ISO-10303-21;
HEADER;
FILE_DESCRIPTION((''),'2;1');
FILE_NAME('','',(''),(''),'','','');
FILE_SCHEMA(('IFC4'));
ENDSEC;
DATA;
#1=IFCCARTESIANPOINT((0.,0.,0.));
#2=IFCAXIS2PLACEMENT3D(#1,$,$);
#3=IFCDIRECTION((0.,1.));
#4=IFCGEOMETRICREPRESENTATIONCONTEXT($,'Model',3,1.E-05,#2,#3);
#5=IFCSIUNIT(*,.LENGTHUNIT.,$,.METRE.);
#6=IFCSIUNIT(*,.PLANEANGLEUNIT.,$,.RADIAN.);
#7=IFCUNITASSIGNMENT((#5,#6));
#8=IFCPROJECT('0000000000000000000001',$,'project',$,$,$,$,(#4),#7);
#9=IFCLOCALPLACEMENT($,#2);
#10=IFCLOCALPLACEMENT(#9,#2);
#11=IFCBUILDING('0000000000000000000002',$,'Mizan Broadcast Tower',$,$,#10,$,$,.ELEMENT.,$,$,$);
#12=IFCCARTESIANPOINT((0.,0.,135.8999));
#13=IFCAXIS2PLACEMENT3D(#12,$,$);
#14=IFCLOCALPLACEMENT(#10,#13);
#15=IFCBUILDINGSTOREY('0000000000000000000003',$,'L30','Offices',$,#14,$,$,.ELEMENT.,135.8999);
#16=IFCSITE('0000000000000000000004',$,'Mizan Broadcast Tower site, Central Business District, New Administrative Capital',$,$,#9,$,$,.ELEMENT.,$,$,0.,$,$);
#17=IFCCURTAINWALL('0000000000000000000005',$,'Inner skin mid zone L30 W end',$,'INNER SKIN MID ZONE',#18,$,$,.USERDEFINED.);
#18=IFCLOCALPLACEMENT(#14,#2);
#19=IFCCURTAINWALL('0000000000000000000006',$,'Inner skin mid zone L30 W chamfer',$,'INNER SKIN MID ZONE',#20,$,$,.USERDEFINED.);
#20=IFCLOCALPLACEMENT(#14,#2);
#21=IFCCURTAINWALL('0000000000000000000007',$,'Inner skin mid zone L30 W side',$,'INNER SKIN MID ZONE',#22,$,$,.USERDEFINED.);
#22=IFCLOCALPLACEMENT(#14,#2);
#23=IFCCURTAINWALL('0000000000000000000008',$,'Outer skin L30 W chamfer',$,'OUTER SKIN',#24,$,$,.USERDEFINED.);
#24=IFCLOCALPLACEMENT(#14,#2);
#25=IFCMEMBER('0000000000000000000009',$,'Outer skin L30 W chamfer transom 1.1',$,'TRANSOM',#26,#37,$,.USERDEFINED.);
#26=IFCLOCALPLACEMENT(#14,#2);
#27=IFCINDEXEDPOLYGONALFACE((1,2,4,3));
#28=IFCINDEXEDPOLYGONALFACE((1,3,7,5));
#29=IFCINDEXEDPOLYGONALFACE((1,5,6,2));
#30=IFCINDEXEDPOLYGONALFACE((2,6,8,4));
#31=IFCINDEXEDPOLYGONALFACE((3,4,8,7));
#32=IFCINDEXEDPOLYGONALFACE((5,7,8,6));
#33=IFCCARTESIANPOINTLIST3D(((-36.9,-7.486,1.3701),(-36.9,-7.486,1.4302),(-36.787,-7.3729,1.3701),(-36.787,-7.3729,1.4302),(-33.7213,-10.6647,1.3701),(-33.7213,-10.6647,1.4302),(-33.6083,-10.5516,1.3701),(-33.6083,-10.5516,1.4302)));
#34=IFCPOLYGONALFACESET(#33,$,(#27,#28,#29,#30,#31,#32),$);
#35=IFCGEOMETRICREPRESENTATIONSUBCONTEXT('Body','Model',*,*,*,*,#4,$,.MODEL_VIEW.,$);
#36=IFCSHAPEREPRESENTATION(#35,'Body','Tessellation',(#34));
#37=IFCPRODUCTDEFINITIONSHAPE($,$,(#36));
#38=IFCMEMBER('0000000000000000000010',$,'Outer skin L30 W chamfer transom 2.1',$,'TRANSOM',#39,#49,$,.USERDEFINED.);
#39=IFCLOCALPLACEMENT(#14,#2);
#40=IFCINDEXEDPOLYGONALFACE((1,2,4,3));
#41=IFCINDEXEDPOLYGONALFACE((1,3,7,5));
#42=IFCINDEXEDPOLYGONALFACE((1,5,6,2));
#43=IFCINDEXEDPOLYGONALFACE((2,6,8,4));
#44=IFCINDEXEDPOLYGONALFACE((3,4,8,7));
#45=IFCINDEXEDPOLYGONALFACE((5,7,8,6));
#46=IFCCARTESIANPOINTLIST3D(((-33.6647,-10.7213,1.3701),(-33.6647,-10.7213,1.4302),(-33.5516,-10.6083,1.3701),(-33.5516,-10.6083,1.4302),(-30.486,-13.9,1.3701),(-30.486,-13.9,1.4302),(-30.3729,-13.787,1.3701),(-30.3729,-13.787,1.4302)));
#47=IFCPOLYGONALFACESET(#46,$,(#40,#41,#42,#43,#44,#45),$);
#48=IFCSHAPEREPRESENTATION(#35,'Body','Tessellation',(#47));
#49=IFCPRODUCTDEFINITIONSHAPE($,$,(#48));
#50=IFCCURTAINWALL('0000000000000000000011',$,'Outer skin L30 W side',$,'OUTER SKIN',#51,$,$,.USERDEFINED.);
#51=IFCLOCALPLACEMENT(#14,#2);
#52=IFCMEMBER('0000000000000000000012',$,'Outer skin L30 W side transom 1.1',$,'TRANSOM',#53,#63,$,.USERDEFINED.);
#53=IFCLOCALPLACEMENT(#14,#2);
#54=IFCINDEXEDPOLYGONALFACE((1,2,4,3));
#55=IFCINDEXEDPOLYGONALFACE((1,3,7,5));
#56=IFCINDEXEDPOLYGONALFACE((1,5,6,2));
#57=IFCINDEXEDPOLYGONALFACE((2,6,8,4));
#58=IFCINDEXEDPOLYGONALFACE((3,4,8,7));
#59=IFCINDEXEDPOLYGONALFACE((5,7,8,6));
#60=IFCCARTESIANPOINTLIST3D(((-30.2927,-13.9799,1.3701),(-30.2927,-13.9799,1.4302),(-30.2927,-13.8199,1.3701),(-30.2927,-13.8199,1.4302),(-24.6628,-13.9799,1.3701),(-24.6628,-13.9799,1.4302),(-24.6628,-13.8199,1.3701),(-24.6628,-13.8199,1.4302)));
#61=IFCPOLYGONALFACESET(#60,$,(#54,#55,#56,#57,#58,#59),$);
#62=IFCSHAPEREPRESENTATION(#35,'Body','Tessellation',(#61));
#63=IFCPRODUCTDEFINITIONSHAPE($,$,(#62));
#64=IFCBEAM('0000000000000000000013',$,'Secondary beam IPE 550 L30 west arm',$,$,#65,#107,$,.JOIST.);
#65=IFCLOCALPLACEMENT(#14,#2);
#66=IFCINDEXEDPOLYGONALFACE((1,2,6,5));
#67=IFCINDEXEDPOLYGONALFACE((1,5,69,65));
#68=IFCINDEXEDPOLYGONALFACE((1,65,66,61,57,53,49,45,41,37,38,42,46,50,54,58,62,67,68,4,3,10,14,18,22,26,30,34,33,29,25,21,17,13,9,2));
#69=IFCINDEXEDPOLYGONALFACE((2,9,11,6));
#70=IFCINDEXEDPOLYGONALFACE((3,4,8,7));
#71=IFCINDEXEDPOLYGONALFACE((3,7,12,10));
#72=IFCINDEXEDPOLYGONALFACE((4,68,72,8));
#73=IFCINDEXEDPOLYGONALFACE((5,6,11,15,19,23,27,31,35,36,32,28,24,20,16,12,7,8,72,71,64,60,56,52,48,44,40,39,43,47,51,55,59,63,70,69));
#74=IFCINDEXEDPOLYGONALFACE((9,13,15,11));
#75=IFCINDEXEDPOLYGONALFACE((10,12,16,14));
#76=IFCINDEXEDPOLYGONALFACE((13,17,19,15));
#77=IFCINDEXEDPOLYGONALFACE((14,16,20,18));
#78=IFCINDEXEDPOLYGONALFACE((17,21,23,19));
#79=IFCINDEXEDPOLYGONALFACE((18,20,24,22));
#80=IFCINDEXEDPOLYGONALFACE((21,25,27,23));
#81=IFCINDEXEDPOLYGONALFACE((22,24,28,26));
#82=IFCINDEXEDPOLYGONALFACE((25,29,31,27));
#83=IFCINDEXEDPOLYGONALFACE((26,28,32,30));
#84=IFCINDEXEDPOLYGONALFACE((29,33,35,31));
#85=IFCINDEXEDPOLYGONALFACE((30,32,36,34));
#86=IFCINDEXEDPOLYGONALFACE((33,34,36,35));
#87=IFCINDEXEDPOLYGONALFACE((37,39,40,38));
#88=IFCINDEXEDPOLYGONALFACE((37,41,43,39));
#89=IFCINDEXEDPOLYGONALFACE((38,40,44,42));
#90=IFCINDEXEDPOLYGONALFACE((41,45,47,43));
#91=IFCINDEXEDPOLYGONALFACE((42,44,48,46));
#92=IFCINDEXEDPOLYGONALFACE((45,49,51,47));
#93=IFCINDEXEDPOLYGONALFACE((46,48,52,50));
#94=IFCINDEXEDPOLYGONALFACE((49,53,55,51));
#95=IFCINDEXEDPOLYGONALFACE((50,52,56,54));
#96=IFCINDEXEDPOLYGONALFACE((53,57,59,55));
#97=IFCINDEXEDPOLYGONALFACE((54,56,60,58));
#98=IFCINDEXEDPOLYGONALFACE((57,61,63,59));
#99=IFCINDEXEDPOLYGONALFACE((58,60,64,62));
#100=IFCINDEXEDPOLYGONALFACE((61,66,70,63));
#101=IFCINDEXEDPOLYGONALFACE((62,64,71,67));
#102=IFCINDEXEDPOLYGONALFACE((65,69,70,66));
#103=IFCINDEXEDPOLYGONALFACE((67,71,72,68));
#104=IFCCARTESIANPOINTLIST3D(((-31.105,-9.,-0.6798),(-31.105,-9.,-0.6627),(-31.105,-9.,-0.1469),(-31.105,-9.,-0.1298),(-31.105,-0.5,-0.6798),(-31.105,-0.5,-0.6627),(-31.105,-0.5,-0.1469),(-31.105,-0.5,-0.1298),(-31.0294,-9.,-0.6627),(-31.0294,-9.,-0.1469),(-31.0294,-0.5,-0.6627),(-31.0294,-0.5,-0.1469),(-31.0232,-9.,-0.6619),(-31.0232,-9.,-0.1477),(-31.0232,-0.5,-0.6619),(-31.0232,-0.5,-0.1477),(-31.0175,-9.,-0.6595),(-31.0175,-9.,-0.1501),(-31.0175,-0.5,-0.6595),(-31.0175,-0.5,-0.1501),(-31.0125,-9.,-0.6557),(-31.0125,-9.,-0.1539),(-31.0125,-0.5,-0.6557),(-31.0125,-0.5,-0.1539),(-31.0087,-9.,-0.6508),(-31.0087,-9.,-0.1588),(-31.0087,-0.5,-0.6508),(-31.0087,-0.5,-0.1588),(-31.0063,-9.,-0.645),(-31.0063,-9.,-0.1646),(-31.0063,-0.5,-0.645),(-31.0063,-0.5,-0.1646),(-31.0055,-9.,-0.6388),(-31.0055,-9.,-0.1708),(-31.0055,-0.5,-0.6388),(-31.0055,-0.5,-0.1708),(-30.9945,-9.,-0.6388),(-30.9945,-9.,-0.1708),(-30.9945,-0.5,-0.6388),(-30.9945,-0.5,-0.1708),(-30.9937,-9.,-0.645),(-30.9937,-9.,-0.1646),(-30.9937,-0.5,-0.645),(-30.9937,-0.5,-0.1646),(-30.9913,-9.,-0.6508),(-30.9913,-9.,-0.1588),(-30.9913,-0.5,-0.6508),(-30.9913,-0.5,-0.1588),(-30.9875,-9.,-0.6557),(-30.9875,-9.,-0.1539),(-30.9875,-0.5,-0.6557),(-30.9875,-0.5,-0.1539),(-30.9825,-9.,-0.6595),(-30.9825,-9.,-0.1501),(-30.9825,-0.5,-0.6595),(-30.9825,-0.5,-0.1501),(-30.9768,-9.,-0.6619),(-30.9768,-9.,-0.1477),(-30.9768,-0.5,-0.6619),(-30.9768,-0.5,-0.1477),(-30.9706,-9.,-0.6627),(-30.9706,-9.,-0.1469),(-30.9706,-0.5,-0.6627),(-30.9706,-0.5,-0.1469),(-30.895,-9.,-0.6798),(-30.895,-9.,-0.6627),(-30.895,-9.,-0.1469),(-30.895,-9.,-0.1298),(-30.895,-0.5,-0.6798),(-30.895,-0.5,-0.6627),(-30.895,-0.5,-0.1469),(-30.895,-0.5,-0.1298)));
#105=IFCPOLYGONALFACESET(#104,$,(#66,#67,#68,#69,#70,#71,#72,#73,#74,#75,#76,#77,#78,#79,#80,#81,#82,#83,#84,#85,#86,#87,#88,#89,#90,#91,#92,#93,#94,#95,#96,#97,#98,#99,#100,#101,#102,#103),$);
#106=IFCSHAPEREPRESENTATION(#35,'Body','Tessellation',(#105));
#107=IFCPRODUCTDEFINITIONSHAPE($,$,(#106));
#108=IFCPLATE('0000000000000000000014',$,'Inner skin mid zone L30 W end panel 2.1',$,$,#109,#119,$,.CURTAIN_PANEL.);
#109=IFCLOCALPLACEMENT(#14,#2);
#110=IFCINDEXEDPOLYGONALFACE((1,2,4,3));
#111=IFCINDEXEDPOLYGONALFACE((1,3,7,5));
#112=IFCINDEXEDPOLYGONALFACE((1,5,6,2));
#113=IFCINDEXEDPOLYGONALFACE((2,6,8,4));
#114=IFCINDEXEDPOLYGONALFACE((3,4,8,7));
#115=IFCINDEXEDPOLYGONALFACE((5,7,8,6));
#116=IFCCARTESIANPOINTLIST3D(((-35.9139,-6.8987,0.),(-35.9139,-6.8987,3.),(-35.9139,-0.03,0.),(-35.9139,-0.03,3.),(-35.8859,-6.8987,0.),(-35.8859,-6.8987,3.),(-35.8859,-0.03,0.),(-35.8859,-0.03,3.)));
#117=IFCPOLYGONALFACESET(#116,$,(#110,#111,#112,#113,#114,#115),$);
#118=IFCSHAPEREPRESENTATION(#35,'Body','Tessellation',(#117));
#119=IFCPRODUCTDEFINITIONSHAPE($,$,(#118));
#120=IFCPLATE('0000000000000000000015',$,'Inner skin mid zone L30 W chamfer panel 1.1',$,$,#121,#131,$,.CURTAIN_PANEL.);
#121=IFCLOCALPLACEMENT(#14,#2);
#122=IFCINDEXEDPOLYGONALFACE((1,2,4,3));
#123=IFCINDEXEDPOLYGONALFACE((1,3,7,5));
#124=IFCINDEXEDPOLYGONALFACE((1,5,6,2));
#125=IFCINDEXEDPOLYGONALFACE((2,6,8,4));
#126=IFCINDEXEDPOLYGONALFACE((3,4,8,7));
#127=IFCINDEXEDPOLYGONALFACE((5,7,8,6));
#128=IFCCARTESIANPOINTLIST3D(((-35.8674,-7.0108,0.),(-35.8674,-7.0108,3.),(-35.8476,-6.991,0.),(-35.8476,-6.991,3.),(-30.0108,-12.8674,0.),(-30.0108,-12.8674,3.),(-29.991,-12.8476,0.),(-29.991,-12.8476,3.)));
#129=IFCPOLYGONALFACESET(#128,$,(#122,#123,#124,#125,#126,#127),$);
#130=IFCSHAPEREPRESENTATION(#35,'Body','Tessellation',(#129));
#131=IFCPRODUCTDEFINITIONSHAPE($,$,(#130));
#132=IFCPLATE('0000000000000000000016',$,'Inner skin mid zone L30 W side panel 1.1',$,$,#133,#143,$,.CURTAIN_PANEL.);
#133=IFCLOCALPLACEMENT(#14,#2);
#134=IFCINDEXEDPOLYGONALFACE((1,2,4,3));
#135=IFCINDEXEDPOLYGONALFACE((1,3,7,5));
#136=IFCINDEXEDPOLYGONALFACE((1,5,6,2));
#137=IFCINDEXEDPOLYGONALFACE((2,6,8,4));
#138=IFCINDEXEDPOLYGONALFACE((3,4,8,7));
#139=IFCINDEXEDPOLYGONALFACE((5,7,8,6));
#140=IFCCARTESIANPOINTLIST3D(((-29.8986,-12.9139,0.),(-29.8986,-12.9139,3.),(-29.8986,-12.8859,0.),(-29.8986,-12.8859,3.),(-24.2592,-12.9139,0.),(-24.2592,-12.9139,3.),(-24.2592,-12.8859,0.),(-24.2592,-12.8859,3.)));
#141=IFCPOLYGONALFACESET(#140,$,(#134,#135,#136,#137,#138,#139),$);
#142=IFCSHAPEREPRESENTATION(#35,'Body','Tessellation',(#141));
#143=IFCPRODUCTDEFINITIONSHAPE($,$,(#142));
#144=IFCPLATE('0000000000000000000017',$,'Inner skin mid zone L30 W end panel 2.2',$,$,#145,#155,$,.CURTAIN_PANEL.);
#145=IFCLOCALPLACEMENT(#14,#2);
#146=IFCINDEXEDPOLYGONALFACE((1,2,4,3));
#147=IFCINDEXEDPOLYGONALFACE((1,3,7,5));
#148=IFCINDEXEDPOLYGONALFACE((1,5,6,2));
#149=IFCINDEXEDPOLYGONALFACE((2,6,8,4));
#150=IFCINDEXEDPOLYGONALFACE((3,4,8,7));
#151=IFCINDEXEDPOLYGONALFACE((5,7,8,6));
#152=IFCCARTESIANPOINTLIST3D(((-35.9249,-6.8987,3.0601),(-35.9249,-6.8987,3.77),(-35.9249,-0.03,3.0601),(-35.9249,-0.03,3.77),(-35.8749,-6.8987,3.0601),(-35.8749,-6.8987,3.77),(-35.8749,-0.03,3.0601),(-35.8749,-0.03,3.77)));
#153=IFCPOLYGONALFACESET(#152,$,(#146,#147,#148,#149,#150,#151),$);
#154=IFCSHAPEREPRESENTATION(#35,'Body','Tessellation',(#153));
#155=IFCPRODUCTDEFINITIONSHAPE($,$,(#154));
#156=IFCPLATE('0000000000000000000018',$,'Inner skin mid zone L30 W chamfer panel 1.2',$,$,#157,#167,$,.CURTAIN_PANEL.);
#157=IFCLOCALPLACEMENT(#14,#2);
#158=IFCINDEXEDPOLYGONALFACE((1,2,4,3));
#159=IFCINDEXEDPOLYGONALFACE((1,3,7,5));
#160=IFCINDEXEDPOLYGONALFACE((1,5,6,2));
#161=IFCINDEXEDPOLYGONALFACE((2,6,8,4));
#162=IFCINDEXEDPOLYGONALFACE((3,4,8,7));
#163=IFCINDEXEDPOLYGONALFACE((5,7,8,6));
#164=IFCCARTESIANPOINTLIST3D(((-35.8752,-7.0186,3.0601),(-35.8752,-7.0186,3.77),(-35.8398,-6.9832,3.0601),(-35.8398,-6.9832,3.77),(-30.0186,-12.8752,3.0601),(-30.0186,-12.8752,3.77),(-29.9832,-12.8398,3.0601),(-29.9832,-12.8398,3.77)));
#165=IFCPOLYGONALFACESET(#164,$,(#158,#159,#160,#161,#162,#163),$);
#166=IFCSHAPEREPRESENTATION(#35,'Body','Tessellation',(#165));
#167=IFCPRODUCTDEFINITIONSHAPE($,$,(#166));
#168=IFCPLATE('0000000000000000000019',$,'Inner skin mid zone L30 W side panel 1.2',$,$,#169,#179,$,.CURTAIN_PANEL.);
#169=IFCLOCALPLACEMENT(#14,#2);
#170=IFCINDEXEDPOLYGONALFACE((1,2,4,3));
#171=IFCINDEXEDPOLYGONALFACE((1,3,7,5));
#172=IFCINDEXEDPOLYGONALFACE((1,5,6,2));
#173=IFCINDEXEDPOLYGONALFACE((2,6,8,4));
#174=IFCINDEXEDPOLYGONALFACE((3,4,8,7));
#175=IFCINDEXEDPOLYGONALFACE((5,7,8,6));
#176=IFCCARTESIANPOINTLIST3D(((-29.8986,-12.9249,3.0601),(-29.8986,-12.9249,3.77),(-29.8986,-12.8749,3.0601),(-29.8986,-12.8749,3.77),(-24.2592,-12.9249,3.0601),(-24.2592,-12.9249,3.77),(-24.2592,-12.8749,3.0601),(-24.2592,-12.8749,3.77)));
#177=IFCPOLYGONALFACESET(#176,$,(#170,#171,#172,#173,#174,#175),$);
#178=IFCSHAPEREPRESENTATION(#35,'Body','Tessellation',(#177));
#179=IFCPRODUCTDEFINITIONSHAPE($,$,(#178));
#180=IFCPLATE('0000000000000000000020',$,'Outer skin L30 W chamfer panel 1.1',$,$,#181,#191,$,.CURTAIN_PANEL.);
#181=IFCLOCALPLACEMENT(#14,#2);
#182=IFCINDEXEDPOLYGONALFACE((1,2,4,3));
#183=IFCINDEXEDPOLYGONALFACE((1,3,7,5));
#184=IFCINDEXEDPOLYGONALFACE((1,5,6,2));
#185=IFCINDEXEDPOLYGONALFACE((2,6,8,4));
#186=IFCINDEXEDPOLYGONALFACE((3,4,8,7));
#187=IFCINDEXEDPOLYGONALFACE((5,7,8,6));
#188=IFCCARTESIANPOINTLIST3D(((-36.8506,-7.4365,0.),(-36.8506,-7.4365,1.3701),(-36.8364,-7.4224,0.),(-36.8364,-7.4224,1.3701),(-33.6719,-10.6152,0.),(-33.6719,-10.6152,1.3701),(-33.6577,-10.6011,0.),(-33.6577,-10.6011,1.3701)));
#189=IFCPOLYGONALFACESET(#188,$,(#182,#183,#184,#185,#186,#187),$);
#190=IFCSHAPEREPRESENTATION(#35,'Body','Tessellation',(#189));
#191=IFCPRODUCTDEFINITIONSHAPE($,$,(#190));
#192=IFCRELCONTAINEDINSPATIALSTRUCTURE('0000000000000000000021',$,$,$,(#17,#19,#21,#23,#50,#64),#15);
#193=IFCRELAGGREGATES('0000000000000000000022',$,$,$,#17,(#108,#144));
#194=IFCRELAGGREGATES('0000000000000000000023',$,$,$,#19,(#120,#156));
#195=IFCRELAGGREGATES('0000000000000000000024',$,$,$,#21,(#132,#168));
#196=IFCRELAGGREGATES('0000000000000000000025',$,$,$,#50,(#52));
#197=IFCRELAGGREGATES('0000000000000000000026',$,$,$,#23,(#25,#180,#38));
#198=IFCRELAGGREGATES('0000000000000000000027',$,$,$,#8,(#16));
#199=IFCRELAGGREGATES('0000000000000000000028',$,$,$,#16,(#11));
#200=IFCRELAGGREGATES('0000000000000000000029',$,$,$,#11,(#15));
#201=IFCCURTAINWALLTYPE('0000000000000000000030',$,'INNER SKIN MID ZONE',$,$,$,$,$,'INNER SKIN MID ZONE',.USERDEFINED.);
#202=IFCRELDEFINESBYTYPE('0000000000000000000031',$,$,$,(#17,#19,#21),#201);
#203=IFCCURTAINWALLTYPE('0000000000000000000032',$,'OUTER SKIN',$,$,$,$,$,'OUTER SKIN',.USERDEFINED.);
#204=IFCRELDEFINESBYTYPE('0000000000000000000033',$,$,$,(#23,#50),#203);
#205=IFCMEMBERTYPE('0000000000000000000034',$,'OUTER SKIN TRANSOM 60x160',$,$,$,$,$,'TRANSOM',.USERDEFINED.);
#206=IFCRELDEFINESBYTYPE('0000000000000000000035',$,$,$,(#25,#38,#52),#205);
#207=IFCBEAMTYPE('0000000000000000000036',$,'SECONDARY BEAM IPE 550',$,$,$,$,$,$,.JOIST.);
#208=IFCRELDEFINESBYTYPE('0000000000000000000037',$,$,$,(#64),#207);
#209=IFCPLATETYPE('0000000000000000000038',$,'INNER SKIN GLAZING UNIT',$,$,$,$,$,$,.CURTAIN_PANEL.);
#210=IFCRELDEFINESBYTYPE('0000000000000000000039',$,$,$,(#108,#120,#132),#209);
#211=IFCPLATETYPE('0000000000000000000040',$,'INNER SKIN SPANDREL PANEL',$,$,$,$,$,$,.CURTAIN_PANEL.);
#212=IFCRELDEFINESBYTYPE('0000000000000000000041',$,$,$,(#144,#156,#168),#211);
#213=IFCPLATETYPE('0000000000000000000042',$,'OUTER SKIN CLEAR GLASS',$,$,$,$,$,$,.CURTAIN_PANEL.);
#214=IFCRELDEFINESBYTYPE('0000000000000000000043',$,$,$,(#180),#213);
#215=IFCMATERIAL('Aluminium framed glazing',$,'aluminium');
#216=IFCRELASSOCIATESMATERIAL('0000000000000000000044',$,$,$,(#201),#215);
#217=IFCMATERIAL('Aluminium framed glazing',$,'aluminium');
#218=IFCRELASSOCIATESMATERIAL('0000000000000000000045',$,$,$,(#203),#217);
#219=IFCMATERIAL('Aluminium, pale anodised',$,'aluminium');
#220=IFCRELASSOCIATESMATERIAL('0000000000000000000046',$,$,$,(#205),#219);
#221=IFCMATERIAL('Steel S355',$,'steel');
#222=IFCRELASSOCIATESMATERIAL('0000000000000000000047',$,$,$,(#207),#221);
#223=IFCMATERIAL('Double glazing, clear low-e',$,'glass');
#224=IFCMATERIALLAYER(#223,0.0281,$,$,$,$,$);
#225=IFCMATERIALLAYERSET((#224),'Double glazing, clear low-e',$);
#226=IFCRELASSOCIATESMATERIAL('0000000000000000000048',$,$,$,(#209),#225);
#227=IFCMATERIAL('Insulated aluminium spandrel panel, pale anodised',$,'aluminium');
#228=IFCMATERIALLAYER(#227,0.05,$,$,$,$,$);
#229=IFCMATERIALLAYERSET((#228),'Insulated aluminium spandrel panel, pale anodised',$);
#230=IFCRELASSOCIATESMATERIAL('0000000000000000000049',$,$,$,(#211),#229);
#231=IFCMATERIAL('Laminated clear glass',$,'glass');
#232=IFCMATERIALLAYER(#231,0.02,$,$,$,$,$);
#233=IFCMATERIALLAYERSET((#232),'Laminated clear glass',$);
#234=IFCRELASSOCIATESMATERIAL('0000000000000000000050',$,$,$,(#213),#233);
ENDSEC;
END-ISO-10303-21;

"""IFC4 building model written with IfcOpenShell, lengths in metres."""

from ifc_helpers import new_model, si_unit, direction, frame, origin, origin_2d, place, context, subcontext, project, spatial, rectangle, i_section, extrude, material, layer, layer_set, material_profile, profile_set, type_object, element, aggregate, save


model = new_model("IFC4")

# Units and contexts
model_context = context("Model", 3, precision=1e-05, world=origin(), true_north=direction((0.0, 1.0)))
body_context = subcontext(model_context, "Body", "Model", "MODEL_VIEW")
ifc_project = project(units=[si_unit("LENGTHUNIT", "METRE"), si_unit("PLANEANGLEUNIT", "RADIAN")], contexts=[model_context])

# Site, building, storey
site_placement = place(None, origin())
site = spatial("IfcSite", under=ifc_project, at=site_placement, Name="Mizan Broadcast Tower site, Central Business District, New Administrative Capital", CompositionType="ELEMENT", RefElevation=0.0)
building_placement = place(site_placement, origin())
building = spatial("IfcBuilding", under=site, at=building_placement, Name="Mizan Broadcast Tower", CompositionType="ELEMENT")
storey_placement = place(building_placement, frame((0.0, 0.0, 135.8999)))
storey = spatial("IfcBuildingStorey", under=building, at=storey_placement, Name="L30", Description="Offices", CompositionType="ELEMENT", Elevation=135.8999)

# Curtain walls
ifc_material_1 = material(Name="Aluminium framed glazing", Category="aluminium")
curtain_wall_type_1 = type_object("IfcCurtainWallType", Name="INNER SKIN MID ZONE", ElementType="INNER SKIN MID ZONE", PredefinedType="USERDEFINED", material=ifc_material_1)
curtain_wall_1_placement = place(storey_placement, origin())
curtain_wall_1 = element("IfcCurtainWall", 1, at=curtain_wall_1_placement, inside=storey, type_object=curtain_wall_type_1, Name="Inner skin mid zone L30 W end", ObjectType="INNER SKIN MID ZONE", PredefinedType="USERDEFINED")
curtain_wall_2_placement = place(storey_placement, origin())
curtain_wall_2 = element("IfcCurtainWall", 2, at=curtain_wall_2_placement, inside=storey, type_object=curtain_wall_type_1, Name="Inner skin mid zone L30 W chamfer", ObjectType="INNER SKIN MID ZONE", PredefinedType="USERDEFINED")

# Curtain wall
curtain_wall_3_placement = place(storey_placement, origin())
curtain_wall_3 = element("IfcCurtainWall", 3, at=curtain_wall_3_placement, inside=storey, type_object=curtain_wall_type_1, Name="Inner skin mid zone L30 W side", ObjectType="INNER SKIN MID ZONE", PredefinedType="USERDEFINED")
ifc_material_2 = material(Name="Aluminium framed glazing", Category="aluminium")
curtain_wall_type_2 = type_object("IfcCurtainWallType", Name="OUTER SKIN", ElementType="OUTER SKIN", PredefinedType="USERDEFINED", material=ifc_material_2)

# Curtain wall
curtain_wall_4_placement = place(storey_placement, origin())
curtain_wall_4 = element("IfcCurtainWall", 4, at=curtain_wall_4_placement, inside=storey, type_object=curtain_wall_type_2, Name="Outer skin L30 W chamfer", ObjectType="OUTER SKIN", PredefinedType="USERDEFINED")

# Members
ifc_material_3 = material(Name="Aluminium, pale anodised", Category="aluminium")
ifc_material_profile_1 = material_profile(ifc_material_3, rectangle(XDim=0.1599, YDim=0.0601, at=origin_2d()), Name="TRANSOM 160x60")
ifc_profile_set_1 = profile_set([ifc_material_profile_1], Name="Aluminium, pale anodised")
member_type_1 = type_object("IfcMemberType", Name="OUTER SKIN TRANSOM 60x160", ElementType="TRANSOM", PredefinedType="USERDEFINED", material=ifc_profile_set_1)
member_1_placement = place(storey_placement, frame((-36.8435, -7.4294, 1.4001), z_axis=(0.707107, -0.707107, 0.0), x_axis=(0.707107, 0.707107, 0.0)))
member_1 = element("IfcMember", 5, at=member_1_placement, type_object=member_type_1, Name="Outer skin L30 W chamfer transom 1.1", ObjectType="TRANSOM", PredefinedType="USERDEFINED", context=body_context, shape_type="SweptSolid", body=[
    extrude(rectangle(XDim=0.1599, YDim=0.0601, at=origin_2d()), origin(), (0.0, 0.0, 1.0), 4.4954),
])
member_2_placement = place(storey_placement, frame((-33.6082, -10.6648, 1.4001), z_axis=(0.707107, -0.707107, 0.0), x_axis=(0.707107, 0.707107, 0.0)))
member_2 = element("IfcMember", 6, at=member_2_placement, type_object=member_type_1, Name="Outer skin L30 W chamfer transom 2.1", ObjectType="TRANSOM", PredefinedType="USERDEFINED", context=body_context, shape_type="SweptSolid", body=[
    extrude(rectangle(XDim=0.1599, YDim=0.0601, at=origin_2d()), origin(), (0.0, 0.0, 1.0), 4.4954),
])

# Curtain wall, member
curtain_wall_5_placement = place(storey_placement, origin())
curtain_wall_5 = element("IfcCurtainWall", 7, at=curtain_wall_5_placement, inside=storey, type_object=curtain_wall_type_2, Name="Outer skin L30 W side", ObjectType="OUTER SKIN", PredefinedType="USERDEFINED")
member_3_placement = place(storey_placement, frame((-30.2927, -13.8999, 1.4001), z_axis=(1.0, 0.0, 0.0), x_axis=(0.0, 1.0, 0.0)))
member_3 = element("IfcMember", 8, at=member_3_placement, type_object=member_type_1, Name="Outer skin L30 W side transom 1.1", ObjectType="TRANSOM", PredefinedType="USERDEFINED", context=body_context, shape_type="SweptSolid", body=[
    extrude(rectangle(XDim=0.1599, YDim=0.0601, at=origin_2d()), origin(), (0.0, 0.0, 1.0), 5.6299),
])

# Beam
ifc_material_4 = material(Name="Steel S355", Category="steel")
ifc_material_profile_2 = material_profile(ifc_material_4, i_section(OverallWidth=0.21, OverallDepth=0.55, WebThickness=0.011, FlangeThickness=0.0171, FilletRadius=0.0239, at=origin_2d()), Name="IPE 550")
ifc_profile_set_2 = profile_set([ifc_material_profile_2], Name="Steel S355")
beam_type_1 = type_object("IfcBeamType", Name="SECONDARY BEAM IPE 550", PredefinedType="JOIST", material=ifc_profile_set_2)
beam_1_placement = place(storey_placement, frame((-31.0, -9.0, -0.4048), z_axis=(0.0, 1.0, 0.0), x_axis=(-1.0, 0.0, 0.0)))
element("IfcBeam", 9, at=beam_1_placement, inside=storey, type_object=beam_type_1, Name="Secondary beam IPE 550 L30 west arm", PredefinedType="JOIST", context=body_context, shape_type="SweptSolid", body=[
    extrude(i_section(OverallWidth=0.21, OverallDepth=0.55, WebThickness=0.011, FlangeThickness=0.0171, FilletRadius=0.0239, at=origin_2d()), origin(), (0.0, 0.0, 1.0), 8.5),
])

# Plates
ifc_material_5 = material(Name="Double glazing, clear low-e", Category="glass")
ifc_layer_1 = layer(ifc_material_5, 0.0281)
ifc_layer_set_1 = layer_set([ifc_layer_1], Name="Double glazing, clear low-e")
plate_type_1 = type_object("IfcPlateType", Name="INNER SKIN GLAZING UNIT", PredefinedType="CURTAIN_PANEL", material=ifc_layer_set_1)
plate_1_placement = place(storey_placement, frame((-35.8999, -3.4644, 0.0), z_axis=(0.0, 0.0, 1.0), x_axis=(0.0, -1.0, 0.0)))
plate_1 = element("IfcPlate", 10, at=plate_1_placement, type_object=plate_type_1, Name="Inner skin mid zone L30 W end panel 2.1", PredefinedType="CURTAIN_PANEL", context=body_context, shape_type="SweptSolid", body=[
    extrude(rectangle(XDim=6.8687, YDim=0.0281, at=origin_2d()), origin(), (0.0, 0.0, 1.0), 3.0),
])
plate_2_placement = place(storey_placement, frame((-32.9292, -9.9292, 0.0), z_axis=(0.0, 0.0, 1.0), x_axis=(0.707107, -0.707107, 0.0)))
plate_2 = element("IfcPlate", 11, at=plate_2_placement, type_object=plate_type_1, Name="Inner skin mid zone L30 W chamfer panel 1.1", PredefinedType="CURTAIN_PANEL", context=body_context, shape_type="SweptSolid", body=[
    extrude(rectangle(XDim=8.2825, YDim=0.0281, at=origin_2d()), origin(), (0.0, 0.0, 1.0), 3.0),
])
plate_3_placement = place(storey_placement, frame((-27.0789, -12.8999, 0.0), z_axis=(0.0, 0.0, 1.0), x_axis=(1.0, 0.0, 0.0)))
plate_3 = element("IfcPlate", 12, at=plate_3_placement, type_object=plate_type_1, Name="Inner skin mid zone L30 W side panel 1.1", PredefinedType="CURTAIN_PANEL", context=body_context, shape_type="SweptSolid", body=[
    extrude(rectangle(XDim=5.6394, YDim=0.0281, at=origin_2d()), origin(), (0.0, 0.0, 1.0), 3.0),
])
ifc_material_6 = material(Name="Insulated aluminium spandrel panel, pale anodised", Category="aluminium")
ifc_layer_2 = layer(ifc_material_6, 0.05)
ifc_layer_set_2 = layer_set([ifc_layer_2], Name="Insulated aluminium spandrel panel, pale anodised")
plate_type_2 = type_object("IfcPlateType", Name="INNER SKIN SPANDREL PANEL", PredefinedType="CURTAIN_PANEL", material=ifc_layer_set_2)
plate_4_placement = place(storey_placement, frame((-35.8999, -3.4644, 3.0601), z_axis=(0.0, 0.0, 1.0), x_axis=(0.0, -1.0, 0.0)))
plate_4 = element("IfcPlate", 13, at=plate_4_placement, type_object=plate_type_2, Name="Inner skin mid zone L30 W end panel 2.2", PredefinedType="CURTAIN_PANEL", context=body_context, shape_type="SweptSolid", body=[
    extrude(rectangle(XDim=6.8687, YDim=0.05, at=origin_2d()), origin(), (0.0, 0.0, 1.0), 0.71),
])
aggregate(curtain_wall_1, [plate_1, plate_4])
plate_5_placement = place(storey_placement, frame((-32.9292, -9.9292, 3.0601), z_axis=(0.0, 0.0, 1.0), x_axis=(0.707107, -0.707107, 0.0)))
plate_5 = element("IfcPlate", 14, at=plate_5_placement, type_object=plate_type_2, Name="Inner skin mid zone L30 W chamfer panel 1.2", PredefinedType="CURTAIN_PANEL", context=body_context, shape_type="SweptSolid", body=[
    extrude(rectangle(XDim=8.2825, YDim=0.05, at=origin_2d()), origin(), (0.0, 0.0, 1.0), 0.71),
])
aggregate(curtain_wall_2, [plate_2, plate_5])
plate_6_placement = place(storey_placement, frame((-27.0789, -12.8999, 3.0601), z_axis=(0.0, 0.0, 1.0), x_axis=(1.0, 0.0, 0.0)))
plate_6 = element("IfcPlate", 15, at=plate_6_placement, type_object=plate_type_2, Name="Inner skin mid zone L30 W side panel 1.2", PredefinedType="CURTAIN_PANEL", context=body_context, shape_type="SweptSolid", body=[
    extrude(rectangle(XDim=5.6394, YDim=0.05, at=origin_2d()), origin(), (0.0, 0.0, 1.0), 0.71),
])
aggregate(curtain_wall_3, [plate_3, plate_6])
ifc_material_7 = material(Name="Laminated clear glass", Category="glass")
ifc_layer_3 = layer(ifc_material_7, 0.02)
ifc_layer_set_3 = layer_set([ifc_layer_3], Name="Laminated clear glass")
plate_type_3 = type_object("IfcPlateType", Name="OUTER SKIN CLEAR GLASS", PredefinedType="CURTAIN_PANEL", material=ifc_layer_set_3)
plate_7_placement = place(storey_placement, frame((-35.2542, -9.0188, 0.0), z_axis=(0.0, 0.0, 1.0), x_axis=(0.707107, -0.707107, 0.0)))
plate_7 = element("IfcPlate", 16, at=plate_7_placement, type_object=plate_type_3, Name="Outer skin L30 W chamfer panel 1.1", PredefinedType="CURTAIN_PANEL", context=body_context, shape_type="SweptSolid", body=[
    extrude(rectangle(XDim=4.4954, YDim=0.02, at=origin_2d()), origin(), (0.0, 0.0, 1.0), 1.3701),
])
aggregate(curtain_wall_5, [member_3])
aggregate(curtain_wall_4, [member_1, plate_7, member_2])

save(model, "model.ifc")
